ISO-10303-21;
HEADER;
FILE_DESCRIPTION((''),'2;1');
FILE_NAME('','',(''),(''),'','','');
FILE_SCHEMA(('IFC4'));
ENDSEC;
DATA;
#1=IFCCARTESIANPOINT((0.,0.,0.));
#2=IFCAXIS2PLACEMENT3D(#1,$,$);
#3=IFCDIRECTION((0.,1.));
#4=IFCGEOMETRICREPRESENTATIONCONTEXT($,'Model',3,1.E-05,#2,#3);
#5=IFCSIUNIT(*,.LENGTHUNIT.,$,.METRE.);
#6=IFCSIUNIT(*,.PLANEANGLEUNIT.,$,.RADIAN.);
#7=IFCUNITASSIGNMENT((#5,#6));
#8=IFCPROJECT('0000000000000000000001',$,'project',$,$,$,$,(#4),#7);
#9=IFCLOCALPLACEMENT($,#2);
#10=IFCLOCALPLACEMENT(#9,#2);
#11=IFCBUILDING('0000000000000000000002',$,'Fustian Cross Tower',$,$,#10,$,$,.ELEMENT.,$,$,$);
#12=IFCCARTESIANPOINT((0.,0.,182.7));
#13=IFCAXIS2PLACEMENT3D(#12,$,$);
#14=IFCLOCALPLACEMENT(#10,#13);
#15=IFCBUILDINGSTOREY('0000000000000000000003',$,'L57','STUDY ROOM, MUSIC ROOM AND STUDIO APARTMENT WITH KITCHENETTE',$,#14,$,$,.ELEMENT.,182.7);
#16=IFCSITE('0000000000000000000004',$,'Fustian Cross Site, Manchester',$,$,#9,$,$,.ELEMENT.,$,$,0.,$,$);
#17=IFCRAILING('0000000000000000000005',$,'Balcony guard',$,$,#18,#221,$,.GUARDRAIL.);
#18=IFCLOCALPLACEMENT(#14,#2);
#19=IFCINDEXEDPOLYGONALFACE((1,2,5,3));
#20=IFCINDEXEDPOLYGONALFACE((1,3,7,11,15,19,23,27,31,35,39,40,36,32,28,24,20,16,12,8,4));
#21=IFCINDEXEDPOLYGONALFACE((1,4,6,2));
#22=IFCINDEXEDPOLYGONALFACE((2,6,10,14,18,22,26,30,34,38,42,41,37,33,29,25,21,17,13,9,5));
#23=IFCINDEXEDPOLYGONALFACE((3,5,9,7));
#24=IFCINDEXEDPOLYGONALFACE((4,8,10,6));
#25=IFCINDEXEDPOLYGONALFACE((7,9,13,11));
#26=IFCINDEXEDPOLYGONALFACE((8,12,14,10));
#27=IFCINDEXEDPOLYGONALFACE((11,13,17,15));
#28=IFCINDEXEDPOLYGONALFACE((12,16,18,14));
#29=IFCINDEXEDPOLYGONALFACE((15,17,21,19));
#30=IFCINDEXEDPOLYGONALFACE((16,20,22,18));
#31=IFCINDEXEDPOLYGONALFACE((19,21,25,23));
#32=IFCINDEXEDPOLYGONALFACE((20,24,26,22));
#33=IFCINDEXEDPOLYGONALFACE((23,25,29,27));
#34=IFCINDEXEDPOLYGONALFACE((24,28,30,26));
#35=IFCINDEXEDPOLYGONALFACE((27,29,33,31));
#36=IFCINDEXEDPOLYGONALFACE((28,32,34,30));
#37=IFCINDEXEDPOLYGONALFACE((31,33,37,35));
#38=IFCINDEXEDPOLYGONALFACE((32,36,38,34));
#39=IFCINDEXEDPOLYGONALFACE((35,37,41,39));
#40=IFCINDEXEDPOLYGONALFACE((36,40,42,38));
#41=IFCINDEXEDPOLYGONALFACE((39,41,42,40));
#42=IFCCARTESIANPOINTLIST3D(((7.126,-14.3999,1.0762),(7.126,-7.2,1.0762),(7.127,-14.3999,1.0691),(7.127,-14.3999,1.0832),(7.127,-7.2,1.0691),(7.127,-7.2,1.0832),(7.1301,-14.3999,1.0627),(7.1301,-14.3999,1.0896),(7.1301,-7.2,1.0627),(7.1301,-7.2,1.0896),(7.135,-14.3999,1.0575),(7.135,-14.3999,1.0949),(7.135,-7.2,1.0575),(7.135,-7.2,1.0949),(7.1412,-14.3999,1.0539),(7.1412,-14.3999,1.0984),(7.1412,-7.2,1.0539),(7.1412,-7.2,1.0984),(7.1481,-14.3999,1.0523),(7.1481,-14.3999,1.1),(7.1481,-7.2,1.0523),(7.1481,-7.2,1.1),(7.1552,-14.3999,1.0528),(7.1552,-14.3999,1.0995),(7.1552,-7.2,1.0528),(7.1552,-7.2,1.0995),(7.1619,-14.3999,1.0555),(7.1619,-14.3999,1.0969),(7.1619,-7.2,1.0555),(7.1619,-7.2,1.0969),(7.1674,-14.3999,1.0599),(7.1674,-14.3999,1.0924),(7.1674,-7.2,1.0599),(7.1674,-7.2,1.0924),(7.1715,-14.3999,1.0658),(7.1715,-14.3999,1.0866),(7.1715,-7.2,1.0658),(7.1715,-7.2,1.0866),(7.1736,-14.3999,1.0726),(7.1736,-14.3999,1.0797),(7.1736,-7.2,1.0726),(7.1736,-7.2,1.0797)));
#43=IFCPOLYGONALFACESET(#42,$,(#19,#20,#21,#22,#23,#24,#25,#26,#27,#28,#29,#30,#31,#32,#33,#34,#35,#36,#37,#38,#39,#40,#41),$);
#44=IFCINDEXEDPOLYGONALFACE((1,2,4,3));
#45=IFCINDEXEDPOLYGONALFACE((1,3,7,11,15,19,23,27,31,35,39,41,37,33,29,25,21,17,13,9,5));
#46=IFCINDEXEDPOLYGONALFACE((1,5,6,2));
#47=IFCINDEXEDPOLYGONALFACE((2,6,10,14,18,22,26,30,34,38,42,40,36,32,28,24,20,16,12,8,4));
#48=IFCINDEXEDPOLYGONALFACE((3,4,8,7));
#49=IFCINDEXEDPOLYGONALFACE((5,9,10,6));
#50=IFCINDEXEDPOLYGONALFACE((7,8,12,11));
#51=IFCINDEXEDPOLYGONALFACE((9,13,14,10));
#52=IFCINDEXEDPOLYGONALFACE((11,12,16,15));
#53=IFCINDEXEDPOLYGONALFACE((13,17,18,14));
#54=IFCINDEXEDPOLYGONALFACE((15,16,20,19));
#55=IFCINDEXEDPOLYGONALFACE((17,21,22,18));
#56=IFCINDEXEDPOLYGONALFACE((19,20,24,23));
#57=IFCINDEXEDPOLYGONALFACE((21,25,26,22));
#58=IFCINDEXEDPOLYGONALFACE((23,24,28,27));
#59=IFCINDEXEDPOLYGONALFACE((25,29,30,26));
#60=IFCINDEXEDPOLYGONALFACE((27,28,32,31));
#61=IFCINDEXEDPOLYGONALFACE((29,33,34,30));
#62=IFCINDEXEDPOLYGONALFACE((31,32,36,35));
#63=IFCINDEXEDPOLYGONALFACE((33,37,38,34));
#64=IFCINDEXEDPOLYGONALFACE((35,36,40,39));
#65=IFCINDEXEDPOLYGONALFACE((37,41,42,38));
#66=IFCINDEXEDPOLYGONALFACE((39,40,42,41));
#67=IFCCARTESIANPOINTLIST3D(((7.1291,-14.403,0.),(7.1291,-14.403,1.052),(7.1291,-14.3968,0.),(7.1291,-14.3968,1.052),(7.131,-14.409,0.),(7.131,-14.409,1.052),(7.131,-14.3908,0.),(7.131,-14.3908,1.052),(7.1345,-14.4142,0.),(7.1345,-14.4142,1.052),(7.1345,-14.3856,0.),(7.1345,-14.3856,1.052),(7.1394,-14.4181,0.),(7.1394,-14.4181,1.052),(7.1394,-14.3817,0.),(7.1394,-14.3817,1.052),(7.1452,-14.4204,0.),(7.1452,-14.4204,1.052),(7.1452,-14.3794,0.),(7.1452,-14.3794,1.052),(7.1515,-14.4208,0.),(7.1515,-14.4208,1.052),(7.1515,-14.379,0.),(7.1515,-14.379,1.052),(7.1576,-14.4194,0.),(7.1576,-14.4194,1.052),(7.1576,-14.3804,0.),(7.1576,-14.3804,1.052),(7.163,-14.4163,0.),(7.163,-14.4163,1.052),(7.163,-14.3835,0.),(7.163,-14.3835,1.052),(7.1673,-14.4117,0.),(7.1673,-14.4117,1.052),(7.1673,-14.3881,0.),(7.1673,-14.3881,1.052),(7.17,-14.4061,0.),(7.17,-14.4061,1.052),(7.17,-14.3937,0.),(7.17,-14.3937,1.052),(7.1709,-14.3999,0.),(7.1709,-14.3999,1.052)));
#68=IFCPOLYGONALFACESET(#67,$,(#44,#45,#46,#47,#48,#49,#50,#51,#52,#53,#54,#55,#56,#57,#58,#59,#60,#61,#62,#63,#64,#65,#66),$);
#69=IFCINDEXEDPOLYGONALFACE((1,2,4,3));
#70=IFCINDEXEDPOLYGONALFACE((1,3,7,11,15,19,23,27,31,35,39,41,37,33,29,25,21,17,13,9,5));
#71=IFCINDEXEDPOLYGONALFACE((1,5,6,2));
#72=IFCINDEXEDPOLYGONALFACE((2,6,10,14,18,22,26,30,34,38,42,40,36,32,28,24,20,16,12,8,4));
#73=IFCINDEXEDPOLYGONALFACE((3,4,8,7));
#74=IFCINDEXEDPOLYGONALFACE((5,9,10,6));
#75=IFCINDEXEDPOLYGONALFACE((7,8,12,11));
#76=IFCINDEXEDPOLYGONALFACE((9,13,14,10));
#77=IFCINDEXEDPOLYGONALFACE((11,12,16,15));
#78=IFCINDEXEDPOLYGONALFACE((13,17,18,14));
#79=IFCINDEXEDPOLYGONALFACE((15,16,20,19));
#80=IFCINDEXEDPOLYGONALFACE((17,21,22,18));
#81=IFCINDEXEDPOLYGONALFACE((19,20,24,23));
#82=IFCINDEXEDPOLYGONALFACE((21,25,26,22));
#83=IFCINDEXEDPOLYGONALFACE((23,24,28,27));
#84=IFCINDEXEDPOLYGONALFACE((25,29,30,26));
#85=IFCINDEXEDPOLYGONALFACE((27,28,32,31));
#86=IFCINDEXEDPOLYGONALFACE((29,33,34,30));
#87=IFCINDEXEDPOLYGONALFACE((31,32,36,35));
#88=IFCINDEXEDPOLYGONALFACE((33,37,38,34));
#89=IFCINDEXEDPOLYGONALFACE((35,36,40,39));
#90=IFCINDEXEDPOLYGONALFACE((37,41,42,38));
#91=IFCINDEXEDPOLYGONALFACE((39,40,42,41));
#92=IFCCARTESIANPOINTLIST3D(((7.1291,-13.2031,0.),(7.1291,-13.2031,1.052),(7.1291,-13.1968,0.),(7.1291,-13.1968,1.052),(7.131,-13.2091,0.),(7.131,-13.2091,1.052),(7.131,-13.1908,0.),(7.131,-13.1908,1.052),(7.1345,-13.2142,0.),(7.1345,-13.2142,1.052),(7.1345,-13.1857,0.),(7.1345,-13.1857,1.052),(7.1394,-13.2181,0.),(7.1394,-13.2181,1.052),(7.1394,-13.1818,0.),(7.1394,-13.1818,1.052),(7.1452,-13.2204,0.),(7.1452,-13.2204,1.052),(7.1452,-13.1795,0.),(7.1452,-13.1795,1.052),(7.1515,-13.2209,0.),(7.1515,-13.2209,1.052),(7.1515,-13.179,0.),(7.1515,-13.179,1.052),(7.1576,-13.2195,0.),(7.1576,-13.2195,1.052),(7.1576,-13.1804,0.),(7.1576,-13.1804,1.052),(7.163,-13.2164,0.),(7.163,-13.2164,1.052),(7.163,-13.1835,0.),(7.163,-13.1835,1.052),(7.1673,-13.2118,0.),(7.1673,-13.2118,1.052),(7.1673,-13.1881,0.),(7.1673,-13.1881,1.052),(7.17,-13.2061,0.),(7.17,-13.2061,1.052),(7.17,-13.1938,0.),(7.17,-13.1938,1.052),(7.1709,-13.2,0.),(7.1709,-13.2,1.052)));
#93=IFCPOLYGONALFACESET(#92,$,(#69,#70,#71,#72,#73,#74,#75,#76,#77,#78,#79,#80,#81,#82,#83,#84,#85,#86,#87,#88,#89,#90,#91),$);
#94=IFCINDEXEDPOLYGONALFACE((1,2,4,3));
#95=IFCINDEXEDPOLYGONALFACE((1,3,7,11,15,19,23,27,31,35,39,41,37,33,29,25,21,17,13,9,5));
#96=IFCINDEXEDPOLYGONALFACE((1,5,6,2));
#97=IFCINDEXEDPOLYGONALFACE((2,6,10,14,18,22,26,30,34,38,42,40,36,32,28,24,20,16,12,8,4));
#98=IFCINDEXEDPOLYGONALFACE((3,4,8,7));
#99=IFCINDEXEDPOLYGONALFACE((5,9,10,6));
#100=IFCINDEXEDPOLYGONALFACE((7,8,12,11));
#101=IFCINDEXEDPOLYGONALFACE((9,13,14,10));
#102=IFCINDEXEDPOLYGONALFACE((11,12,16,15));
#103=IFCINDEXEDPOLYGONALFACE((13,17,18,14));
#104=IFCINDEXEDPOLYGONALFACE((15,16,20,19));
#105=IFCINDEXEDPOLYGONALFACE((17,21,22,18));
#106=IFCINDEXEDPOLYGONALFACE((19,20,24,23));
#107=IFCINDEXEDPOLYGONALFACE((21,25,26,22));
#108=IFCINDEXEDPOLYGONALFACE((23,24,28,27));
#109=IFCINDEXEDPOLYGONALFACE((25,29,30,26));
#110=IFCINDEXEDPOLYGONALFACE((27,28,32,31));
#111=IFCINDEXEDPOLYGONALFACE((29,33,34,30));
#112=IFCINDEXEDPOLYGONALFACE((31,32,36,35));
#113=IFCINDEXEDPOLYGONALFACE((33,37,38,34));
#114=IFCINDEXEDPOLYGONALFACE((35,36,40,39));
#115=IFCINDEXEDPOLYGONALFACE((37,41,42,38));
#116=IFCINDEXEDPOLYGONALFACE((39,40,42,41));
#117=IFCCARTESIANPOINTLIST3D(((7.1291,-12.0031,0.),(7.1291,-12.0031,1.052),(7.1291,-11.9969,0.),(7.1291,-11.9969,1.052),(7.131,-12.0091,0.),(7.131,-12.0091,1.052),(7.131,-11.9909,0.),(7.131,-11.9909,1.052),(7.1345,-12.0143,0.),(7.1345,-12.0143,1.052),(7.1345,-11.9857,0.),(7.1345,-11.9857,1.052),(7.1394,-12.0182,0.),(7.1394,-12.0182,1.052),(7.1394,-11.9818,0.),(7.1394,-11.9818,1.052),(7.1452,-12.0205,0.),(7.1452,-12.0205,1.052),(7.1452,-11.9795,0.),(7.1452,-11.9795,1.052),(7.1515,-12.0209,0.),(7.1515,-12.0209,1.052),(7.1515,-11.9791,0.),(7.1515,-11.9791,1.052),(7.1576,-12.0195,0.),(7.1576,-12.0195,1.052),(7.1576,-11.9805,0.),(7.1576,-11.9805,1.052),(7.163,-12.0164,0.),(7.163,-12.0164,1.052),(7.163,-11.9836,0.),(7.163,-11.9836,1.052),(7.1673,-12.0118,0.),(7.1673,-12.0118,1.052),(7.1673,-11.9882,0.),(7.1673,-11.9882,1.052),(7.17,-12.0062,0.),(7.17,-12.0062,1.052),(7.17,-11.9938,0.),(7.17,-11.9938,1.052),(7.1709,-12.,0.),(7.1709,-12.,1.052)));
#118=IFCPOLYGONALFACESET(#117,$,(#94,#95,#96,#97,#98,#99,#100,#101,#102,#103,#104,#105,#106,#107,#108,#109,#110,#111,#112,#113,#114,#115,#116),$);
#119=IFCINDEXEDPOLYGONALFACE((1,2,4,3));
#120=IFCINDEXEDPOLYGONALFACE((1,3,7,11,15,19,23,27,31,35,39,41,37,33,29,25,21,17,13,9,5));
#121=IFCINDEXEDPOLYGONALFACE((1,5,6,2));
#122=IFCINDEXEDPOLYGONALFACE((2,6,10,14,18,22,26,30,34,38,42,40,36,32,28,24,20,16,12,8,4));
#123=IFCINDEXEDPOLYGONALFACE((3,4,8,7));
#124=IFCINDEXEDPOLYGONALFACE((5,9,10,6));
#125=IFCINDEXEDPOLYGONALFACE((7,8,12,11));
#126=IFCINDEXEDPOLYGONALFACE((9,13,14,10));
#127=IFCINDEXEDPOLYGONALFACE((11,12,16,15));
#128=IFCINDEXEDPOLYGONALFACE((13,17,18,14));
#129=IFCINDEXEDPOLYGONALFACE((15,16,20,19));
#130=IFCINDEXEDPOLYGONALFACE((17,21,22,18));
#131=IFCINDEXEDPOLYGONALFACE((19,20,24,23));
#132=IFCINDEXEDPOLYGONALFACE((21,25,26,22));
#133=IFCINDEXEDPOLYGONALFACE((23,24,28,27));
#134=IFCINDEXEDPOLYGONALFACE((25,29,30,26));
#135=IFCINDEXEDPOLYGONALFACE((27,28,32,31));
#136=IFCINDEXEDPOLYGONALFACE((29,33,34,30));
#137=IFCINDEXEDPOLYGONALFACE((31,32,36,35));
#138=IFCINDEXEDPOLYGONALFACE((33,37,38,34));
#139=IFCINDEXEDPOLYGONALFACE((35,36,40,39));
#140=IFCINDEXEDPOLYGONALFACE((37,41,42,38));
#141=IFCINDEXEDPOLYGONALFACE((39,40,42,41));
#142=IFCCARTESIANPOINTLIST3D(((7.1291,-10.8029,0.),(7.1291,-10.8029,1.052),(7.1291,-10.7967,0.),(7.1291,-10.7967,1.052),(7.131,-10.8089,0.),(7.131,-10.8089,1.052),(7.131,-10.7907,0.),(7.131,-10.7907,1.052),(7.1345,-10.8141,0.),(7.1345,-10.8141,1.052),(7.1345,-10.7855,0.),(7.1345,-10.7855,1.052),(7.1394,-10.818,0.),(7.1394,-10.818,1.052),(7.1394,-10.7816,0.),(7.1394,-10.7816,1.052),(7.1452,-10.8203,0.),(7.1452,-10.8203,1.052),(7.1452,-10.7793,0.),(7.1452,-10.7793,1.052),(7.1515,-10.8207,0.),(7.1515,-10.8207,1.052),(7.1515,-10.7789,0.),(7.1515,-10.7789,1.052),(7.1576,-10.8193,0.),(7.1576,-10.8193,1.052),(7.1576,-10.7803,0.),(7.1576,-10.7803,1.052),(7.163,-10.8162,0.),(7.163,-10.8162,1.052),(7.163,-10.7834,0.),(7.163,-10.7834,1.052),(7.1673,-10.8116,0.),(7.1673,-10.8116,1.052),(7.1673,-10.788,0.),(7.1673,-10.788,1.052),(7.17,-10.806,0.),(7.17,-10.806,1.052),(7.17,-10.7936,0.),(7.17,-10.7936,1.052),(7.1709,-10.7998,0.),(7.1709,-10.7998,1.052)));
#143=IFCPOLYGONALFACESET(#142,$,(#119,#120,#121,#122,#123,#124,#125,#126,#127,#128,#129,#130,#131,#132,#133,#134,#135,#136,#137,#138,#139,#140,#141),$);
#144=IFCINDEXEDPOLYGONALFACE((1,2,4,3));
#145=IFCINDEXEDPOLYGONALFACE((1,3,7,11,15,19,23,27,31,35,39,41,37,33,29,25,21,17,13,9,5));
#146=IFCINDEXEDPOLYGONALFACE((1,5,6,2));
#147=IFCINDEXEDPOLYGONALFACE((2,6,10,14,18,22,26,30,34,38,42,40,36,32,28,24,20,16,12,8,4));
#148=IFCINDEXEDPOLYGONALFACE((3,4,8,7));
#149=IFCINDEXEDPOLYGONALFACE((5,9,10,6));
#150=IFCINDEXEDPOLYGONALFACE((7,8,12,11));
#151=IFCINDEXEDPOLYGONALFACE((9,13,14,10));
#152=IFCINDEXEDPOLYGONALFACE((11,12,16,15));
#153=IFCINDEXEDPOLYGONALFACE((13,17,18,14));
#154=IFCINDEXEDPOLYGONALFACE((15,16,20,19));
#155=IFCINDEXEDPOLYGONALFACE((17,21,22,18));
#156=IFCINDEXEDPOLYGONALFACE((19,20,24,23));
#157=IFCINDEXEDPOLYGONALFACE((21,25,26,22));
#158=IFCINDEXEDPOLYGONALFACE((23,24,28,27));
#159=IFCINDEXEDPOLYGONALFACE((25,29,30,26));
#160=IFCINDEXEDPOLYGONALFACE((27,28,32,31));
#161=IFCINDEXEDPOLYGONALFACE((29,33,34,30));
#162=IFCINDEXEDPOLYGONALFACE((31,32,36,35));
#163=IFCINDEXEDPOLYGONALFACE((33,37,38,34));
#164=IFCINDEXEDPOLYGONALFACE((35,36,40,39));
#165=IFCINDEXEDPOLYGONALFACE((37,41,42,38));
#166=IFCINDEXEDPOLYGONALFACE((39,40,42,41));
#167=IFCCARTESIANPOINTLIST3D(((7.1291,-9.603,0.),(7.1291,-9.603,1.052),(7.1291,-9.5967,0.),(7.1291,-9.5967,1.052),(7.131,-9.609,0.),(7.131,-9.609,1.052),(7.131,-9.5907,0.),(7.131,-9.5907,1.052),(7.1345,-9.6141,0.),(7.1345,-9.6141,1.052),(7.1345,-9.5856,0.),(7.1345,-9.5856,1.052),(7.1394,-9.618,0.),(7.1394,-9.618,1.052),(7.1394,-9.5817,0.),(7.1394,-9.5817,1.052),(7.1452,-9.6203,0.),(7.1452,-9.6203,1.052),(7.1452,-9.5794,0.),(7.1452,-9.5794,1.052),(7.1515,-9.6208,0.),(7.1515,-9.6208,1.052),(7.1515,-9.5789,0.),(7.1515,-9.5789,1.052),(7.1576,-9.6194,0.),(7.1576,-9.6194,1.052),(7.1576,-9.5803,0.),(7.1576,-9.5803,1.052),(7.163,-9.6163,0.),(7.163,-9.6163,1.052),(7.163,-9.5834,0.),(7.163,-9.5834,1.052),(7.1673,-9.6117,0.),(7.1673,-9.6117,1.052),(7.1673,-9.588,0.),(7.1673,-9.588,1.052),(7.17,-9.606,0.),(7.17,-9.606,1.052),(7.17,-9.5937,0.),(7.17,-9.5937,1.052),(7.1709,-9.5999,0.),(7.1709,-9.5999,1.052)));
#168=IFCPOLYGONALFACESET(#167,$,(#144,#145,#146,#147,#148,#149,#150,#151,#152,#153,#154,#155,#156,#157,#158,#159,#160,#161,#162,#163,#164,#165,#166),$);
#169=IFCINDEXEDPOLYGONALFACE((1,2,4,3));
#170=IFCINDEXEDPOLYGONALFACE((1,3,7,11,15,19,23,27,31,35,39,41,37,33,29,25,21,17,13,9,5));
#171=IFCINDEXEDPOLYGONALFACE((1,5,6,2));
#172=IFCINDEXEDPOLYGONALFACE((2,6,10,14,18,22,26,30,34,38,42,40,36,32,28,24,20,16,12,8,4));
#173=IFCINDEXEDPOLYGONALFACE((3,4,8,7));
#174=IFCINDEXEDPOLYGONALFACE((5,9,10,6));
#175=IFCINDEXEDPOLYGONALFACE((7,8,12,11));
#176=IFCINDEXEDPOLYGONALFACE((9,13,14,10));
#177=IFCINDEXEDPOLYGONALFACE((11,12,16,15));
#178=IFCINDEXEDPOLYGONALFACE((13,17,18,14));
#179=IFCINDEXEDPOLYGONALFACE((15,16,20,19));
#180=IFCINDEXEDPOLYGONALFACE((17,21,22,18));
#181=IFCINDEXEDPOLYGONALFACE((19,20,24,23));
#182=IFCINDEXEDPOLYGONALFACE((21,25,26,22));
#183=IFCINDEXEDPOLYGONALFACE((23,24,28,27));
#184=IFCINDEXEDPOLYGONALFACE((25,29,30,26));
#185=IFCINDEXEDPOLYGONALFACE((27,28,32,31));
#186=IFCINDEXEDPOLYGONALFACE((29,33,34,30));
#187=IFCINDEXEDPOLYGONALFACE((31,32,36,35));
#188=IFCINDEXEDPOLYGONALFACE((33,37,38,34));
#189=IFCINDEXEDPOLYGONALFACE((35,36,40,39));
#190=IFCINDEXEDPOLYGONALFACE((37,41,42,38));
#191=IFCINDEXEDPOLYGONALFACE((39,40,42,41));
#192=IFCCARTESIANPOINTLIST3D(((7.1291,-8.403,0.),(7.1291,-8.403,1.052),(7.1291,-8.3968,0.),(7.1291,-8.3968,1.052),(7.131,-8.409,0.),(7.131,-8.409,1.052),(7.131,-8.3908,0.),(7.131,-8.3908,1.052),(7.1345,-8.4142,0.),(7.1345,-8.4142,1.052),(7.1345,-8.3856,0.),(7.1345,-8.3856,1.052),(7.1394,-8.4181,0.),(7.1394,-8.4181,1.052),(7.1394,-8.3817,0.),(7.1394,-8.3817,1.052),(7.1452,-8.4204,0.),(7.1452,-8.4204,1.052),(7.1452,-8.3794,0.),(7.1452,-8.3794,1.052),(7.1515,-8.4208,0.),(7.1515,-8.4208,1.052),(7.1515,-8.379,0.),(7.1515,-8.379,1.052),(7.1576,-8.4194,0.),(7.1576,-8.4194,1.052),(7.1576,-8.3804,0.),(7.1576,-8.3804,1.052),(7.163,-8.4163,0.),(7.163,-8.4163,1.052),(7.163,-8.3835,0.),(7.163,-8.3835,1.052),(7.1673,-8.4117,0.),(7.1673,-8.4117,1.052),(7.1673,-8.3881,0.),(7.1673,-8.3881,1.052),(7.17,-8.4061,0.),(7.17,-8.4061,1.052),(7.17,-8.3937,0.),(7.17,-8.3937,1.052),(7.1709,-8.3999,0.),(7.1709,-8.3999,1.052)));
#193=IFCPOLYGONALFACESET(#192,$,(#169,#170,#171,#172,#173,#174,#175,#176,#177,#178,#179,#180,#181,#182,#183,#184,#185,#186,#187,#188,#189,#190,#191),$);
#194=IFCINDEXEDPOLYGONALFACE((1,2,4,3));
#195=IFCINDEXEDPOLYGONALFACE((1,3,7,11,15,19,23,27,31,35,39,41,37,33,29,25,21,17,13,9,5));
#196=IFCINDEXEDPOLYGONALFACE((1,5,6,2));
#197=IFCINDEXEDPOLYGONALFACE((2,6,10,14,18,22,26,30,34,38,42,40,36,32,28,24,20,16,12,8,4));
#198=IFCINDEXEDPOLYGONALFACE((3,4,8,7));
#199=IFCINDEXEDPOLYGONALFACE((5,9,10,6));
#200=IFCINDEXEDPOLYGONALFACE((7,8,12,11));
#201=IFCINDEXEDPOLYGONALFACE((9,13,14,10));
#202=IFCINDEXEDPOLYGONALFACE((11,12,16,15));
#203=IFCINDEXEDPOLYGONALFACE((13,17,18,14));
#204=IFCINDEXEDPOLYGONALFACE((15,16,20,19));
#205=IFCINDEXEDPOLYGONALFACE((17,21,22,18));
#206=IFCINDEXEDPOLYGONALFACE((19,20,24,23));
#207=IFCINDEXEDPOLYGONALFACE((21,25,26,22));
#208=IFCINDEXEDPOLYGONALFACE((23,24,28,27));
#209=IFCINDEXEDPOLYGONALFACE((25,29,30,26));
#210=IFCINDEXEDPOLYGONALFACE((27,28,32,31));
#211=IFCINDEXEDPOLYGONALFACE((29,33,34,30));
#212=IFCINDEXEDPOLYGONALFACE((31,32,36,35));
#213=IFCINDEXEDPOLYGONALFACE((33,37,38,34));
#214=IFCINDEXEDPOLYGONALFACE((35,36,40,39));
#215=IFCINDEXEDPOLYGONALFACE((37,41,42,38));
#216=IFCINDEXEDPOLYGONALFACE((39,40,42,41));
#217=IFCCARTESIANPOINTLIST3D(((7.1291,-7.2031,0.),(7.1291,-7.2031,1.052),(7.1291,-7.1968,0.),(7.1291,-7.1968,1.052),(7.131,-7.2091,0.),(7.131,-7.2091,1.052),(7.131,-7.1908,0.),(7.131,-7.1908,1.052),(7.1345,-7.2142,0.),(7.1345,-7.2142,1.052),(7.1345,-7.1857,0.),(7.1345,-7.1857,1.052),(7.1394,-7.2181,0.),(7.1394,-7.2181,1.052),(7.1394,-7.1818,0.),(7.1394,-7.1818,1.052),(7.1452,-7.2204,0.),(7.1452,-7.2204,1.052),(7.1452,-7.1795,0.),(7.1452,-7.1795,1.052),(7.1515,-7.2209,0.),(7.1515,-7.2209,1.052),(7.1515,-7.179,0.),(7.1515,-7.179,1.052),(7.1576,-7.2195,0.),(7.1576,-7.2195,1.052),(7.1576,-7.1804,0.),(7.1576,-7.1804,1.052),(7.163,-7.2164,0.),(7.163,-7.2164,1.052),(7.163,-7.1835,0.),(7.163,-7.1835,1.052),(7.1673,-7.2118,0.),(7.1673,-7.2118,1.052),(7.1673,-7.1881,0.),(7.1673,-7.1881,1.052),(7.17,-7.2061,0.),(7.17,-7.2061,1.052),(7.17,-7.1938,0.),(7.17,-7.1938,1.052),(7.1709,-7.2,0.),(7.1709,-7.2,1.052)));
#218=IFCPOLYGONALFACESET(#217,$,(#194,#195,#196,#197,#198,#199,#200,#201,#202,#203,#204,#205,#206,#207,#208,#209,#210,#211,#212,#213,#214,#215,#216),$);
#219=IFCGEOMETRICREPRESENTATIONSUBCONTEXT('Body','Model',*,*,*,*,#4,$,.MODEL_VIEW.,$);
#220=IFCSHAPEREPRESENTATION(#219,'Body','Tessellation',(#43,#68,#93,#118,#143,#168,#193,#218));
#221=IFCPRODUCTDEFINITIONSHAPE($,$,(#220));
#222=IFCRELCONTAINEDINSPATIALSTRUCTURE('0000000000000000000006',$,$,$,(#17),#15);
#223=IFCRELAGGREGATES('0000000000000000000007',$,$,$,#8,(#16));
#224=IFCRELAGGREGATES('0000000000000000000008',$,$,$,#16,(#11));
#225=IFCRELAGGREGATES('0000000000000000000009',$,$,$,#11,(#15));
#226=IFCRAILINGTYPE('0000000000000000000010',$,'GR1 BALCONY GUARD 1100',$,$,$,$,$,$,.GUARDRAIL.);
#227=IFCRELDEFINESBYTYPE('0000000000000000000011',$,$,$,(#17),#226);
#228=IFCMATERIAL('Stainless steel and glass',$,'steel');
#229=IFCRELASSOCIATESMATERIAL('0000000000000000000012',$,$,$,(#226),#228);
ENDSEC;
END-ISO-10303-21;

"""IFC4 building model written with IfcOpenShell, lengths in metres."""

from ifc_helpers import new_model, si_unit, direction, frame, origin, origin_2d, place, context, subcontext, project, spatial, circle, extrude, material, type_object, element, save


model = new_model("IFC4")

# Units and contexts
model_context = context("Model", 3, precision=1e-05, world=origin(), true_north=direction((0.0, 1.0)))
body_context = subcontext(model_context, "Body", "Model", "MODEL_VIEW")
ifc_project = project(units=[si_unit("LENGTHUNIT", "METRE"), si_unit("PLANEANGLEUNIT", "RADIAN")], contexts=[model_context])

# Site, building, storey
site_placement = place(None, origin())
site = spatial("IfcSite", under=ifc_project, at=site_placement, Name="Fustian Cross Site, Manchester", CompositionType="ELEMENT", RefElevation=0.0)
building_placement = place(site_placement, origin())
building = spatial("IfcBuilding", under=site, at=building_placement, Name="Fustian Cross Tower", CompositionType="ELEMENT")
storey_placement = place(building_placement, frame((0.0, 0.0, 182.7)))
storey = spatial("IfcBuildingStorey", under=building, at=storey_placement, Name="L57", Description="STUDY ROOM, MUSIC ROOM AND STUDIO APARTMENT WITH KITCHENETTE", CompositionType="ELEMENT", Elevation=182.7)

# Railing
ifc_material_1 = material(Name="Stainless steel and glass", Category="steel")
railing_type_1 = type_object("IfcRailingType", Name="GR1 BALCONY GUARD 1100", PredefinedType="GUARDRAIL", material=ifc_material_1)
railing_1_placement = place(storey_placement, frame((7.1499, -14.3999, 0.0)))
element("IfcRailing", 1, at=railing_1_placement, inside=storey, type_object=railing_type_1, Name="Balcony guard", PredefinedType="GUARDRAIL", context=body_context, shape_type="SweptSolid", body=[
    extrude(circle(Radius=0.0239, at=origin_2d()), frame((0.0, 0.0, 1.0762), z_axis=(0.0, 1.0, 0.0), x_axis=(-1.0, 0.0, 0.0)), (0.0, 0.0, 1.0), 7.2),
    extrude(circle(Radius=0.021, at=origin_2d()), origin(), (0.0, 0.0, 1.0), 1.052),
    extrude(circle(Radius=0.021, at=origin_2d()), frame((0.0, 1.2, 0.0)), (0.0, 0.0, 1.0), 1.052),
    extrude(circle(Radius=0.021, at=origin_2d()), frame((0.0, 2.3999, 0.0)), (0.0, 0.0, 1.0), 1.052),
    extrude(circle(Radius=0.021, at=origin_2d()), frame((0.0, 3.6001, 0.0)), (0.0, 0.0, 1.0), 1.052),
    extrude(circle(Radius=0.021, at=origin_2d()), frame((0.0, 4.8, 0.0)), (0.0, 0.0, 1.0), 1.052),
    extrude(circle(Radius=0.021, at=origin_2d()), frame((0.0, 6.0, 0.0)), (0.0, 0.0, 1.0), 1.052),
    extrude(circle(Radius=0.021, at=origin_2d()), frame((0.0, 7.2, 0.0)), (0.0, 0.0, 1.0), 1.052),
])

save(model, "model.ifc")
